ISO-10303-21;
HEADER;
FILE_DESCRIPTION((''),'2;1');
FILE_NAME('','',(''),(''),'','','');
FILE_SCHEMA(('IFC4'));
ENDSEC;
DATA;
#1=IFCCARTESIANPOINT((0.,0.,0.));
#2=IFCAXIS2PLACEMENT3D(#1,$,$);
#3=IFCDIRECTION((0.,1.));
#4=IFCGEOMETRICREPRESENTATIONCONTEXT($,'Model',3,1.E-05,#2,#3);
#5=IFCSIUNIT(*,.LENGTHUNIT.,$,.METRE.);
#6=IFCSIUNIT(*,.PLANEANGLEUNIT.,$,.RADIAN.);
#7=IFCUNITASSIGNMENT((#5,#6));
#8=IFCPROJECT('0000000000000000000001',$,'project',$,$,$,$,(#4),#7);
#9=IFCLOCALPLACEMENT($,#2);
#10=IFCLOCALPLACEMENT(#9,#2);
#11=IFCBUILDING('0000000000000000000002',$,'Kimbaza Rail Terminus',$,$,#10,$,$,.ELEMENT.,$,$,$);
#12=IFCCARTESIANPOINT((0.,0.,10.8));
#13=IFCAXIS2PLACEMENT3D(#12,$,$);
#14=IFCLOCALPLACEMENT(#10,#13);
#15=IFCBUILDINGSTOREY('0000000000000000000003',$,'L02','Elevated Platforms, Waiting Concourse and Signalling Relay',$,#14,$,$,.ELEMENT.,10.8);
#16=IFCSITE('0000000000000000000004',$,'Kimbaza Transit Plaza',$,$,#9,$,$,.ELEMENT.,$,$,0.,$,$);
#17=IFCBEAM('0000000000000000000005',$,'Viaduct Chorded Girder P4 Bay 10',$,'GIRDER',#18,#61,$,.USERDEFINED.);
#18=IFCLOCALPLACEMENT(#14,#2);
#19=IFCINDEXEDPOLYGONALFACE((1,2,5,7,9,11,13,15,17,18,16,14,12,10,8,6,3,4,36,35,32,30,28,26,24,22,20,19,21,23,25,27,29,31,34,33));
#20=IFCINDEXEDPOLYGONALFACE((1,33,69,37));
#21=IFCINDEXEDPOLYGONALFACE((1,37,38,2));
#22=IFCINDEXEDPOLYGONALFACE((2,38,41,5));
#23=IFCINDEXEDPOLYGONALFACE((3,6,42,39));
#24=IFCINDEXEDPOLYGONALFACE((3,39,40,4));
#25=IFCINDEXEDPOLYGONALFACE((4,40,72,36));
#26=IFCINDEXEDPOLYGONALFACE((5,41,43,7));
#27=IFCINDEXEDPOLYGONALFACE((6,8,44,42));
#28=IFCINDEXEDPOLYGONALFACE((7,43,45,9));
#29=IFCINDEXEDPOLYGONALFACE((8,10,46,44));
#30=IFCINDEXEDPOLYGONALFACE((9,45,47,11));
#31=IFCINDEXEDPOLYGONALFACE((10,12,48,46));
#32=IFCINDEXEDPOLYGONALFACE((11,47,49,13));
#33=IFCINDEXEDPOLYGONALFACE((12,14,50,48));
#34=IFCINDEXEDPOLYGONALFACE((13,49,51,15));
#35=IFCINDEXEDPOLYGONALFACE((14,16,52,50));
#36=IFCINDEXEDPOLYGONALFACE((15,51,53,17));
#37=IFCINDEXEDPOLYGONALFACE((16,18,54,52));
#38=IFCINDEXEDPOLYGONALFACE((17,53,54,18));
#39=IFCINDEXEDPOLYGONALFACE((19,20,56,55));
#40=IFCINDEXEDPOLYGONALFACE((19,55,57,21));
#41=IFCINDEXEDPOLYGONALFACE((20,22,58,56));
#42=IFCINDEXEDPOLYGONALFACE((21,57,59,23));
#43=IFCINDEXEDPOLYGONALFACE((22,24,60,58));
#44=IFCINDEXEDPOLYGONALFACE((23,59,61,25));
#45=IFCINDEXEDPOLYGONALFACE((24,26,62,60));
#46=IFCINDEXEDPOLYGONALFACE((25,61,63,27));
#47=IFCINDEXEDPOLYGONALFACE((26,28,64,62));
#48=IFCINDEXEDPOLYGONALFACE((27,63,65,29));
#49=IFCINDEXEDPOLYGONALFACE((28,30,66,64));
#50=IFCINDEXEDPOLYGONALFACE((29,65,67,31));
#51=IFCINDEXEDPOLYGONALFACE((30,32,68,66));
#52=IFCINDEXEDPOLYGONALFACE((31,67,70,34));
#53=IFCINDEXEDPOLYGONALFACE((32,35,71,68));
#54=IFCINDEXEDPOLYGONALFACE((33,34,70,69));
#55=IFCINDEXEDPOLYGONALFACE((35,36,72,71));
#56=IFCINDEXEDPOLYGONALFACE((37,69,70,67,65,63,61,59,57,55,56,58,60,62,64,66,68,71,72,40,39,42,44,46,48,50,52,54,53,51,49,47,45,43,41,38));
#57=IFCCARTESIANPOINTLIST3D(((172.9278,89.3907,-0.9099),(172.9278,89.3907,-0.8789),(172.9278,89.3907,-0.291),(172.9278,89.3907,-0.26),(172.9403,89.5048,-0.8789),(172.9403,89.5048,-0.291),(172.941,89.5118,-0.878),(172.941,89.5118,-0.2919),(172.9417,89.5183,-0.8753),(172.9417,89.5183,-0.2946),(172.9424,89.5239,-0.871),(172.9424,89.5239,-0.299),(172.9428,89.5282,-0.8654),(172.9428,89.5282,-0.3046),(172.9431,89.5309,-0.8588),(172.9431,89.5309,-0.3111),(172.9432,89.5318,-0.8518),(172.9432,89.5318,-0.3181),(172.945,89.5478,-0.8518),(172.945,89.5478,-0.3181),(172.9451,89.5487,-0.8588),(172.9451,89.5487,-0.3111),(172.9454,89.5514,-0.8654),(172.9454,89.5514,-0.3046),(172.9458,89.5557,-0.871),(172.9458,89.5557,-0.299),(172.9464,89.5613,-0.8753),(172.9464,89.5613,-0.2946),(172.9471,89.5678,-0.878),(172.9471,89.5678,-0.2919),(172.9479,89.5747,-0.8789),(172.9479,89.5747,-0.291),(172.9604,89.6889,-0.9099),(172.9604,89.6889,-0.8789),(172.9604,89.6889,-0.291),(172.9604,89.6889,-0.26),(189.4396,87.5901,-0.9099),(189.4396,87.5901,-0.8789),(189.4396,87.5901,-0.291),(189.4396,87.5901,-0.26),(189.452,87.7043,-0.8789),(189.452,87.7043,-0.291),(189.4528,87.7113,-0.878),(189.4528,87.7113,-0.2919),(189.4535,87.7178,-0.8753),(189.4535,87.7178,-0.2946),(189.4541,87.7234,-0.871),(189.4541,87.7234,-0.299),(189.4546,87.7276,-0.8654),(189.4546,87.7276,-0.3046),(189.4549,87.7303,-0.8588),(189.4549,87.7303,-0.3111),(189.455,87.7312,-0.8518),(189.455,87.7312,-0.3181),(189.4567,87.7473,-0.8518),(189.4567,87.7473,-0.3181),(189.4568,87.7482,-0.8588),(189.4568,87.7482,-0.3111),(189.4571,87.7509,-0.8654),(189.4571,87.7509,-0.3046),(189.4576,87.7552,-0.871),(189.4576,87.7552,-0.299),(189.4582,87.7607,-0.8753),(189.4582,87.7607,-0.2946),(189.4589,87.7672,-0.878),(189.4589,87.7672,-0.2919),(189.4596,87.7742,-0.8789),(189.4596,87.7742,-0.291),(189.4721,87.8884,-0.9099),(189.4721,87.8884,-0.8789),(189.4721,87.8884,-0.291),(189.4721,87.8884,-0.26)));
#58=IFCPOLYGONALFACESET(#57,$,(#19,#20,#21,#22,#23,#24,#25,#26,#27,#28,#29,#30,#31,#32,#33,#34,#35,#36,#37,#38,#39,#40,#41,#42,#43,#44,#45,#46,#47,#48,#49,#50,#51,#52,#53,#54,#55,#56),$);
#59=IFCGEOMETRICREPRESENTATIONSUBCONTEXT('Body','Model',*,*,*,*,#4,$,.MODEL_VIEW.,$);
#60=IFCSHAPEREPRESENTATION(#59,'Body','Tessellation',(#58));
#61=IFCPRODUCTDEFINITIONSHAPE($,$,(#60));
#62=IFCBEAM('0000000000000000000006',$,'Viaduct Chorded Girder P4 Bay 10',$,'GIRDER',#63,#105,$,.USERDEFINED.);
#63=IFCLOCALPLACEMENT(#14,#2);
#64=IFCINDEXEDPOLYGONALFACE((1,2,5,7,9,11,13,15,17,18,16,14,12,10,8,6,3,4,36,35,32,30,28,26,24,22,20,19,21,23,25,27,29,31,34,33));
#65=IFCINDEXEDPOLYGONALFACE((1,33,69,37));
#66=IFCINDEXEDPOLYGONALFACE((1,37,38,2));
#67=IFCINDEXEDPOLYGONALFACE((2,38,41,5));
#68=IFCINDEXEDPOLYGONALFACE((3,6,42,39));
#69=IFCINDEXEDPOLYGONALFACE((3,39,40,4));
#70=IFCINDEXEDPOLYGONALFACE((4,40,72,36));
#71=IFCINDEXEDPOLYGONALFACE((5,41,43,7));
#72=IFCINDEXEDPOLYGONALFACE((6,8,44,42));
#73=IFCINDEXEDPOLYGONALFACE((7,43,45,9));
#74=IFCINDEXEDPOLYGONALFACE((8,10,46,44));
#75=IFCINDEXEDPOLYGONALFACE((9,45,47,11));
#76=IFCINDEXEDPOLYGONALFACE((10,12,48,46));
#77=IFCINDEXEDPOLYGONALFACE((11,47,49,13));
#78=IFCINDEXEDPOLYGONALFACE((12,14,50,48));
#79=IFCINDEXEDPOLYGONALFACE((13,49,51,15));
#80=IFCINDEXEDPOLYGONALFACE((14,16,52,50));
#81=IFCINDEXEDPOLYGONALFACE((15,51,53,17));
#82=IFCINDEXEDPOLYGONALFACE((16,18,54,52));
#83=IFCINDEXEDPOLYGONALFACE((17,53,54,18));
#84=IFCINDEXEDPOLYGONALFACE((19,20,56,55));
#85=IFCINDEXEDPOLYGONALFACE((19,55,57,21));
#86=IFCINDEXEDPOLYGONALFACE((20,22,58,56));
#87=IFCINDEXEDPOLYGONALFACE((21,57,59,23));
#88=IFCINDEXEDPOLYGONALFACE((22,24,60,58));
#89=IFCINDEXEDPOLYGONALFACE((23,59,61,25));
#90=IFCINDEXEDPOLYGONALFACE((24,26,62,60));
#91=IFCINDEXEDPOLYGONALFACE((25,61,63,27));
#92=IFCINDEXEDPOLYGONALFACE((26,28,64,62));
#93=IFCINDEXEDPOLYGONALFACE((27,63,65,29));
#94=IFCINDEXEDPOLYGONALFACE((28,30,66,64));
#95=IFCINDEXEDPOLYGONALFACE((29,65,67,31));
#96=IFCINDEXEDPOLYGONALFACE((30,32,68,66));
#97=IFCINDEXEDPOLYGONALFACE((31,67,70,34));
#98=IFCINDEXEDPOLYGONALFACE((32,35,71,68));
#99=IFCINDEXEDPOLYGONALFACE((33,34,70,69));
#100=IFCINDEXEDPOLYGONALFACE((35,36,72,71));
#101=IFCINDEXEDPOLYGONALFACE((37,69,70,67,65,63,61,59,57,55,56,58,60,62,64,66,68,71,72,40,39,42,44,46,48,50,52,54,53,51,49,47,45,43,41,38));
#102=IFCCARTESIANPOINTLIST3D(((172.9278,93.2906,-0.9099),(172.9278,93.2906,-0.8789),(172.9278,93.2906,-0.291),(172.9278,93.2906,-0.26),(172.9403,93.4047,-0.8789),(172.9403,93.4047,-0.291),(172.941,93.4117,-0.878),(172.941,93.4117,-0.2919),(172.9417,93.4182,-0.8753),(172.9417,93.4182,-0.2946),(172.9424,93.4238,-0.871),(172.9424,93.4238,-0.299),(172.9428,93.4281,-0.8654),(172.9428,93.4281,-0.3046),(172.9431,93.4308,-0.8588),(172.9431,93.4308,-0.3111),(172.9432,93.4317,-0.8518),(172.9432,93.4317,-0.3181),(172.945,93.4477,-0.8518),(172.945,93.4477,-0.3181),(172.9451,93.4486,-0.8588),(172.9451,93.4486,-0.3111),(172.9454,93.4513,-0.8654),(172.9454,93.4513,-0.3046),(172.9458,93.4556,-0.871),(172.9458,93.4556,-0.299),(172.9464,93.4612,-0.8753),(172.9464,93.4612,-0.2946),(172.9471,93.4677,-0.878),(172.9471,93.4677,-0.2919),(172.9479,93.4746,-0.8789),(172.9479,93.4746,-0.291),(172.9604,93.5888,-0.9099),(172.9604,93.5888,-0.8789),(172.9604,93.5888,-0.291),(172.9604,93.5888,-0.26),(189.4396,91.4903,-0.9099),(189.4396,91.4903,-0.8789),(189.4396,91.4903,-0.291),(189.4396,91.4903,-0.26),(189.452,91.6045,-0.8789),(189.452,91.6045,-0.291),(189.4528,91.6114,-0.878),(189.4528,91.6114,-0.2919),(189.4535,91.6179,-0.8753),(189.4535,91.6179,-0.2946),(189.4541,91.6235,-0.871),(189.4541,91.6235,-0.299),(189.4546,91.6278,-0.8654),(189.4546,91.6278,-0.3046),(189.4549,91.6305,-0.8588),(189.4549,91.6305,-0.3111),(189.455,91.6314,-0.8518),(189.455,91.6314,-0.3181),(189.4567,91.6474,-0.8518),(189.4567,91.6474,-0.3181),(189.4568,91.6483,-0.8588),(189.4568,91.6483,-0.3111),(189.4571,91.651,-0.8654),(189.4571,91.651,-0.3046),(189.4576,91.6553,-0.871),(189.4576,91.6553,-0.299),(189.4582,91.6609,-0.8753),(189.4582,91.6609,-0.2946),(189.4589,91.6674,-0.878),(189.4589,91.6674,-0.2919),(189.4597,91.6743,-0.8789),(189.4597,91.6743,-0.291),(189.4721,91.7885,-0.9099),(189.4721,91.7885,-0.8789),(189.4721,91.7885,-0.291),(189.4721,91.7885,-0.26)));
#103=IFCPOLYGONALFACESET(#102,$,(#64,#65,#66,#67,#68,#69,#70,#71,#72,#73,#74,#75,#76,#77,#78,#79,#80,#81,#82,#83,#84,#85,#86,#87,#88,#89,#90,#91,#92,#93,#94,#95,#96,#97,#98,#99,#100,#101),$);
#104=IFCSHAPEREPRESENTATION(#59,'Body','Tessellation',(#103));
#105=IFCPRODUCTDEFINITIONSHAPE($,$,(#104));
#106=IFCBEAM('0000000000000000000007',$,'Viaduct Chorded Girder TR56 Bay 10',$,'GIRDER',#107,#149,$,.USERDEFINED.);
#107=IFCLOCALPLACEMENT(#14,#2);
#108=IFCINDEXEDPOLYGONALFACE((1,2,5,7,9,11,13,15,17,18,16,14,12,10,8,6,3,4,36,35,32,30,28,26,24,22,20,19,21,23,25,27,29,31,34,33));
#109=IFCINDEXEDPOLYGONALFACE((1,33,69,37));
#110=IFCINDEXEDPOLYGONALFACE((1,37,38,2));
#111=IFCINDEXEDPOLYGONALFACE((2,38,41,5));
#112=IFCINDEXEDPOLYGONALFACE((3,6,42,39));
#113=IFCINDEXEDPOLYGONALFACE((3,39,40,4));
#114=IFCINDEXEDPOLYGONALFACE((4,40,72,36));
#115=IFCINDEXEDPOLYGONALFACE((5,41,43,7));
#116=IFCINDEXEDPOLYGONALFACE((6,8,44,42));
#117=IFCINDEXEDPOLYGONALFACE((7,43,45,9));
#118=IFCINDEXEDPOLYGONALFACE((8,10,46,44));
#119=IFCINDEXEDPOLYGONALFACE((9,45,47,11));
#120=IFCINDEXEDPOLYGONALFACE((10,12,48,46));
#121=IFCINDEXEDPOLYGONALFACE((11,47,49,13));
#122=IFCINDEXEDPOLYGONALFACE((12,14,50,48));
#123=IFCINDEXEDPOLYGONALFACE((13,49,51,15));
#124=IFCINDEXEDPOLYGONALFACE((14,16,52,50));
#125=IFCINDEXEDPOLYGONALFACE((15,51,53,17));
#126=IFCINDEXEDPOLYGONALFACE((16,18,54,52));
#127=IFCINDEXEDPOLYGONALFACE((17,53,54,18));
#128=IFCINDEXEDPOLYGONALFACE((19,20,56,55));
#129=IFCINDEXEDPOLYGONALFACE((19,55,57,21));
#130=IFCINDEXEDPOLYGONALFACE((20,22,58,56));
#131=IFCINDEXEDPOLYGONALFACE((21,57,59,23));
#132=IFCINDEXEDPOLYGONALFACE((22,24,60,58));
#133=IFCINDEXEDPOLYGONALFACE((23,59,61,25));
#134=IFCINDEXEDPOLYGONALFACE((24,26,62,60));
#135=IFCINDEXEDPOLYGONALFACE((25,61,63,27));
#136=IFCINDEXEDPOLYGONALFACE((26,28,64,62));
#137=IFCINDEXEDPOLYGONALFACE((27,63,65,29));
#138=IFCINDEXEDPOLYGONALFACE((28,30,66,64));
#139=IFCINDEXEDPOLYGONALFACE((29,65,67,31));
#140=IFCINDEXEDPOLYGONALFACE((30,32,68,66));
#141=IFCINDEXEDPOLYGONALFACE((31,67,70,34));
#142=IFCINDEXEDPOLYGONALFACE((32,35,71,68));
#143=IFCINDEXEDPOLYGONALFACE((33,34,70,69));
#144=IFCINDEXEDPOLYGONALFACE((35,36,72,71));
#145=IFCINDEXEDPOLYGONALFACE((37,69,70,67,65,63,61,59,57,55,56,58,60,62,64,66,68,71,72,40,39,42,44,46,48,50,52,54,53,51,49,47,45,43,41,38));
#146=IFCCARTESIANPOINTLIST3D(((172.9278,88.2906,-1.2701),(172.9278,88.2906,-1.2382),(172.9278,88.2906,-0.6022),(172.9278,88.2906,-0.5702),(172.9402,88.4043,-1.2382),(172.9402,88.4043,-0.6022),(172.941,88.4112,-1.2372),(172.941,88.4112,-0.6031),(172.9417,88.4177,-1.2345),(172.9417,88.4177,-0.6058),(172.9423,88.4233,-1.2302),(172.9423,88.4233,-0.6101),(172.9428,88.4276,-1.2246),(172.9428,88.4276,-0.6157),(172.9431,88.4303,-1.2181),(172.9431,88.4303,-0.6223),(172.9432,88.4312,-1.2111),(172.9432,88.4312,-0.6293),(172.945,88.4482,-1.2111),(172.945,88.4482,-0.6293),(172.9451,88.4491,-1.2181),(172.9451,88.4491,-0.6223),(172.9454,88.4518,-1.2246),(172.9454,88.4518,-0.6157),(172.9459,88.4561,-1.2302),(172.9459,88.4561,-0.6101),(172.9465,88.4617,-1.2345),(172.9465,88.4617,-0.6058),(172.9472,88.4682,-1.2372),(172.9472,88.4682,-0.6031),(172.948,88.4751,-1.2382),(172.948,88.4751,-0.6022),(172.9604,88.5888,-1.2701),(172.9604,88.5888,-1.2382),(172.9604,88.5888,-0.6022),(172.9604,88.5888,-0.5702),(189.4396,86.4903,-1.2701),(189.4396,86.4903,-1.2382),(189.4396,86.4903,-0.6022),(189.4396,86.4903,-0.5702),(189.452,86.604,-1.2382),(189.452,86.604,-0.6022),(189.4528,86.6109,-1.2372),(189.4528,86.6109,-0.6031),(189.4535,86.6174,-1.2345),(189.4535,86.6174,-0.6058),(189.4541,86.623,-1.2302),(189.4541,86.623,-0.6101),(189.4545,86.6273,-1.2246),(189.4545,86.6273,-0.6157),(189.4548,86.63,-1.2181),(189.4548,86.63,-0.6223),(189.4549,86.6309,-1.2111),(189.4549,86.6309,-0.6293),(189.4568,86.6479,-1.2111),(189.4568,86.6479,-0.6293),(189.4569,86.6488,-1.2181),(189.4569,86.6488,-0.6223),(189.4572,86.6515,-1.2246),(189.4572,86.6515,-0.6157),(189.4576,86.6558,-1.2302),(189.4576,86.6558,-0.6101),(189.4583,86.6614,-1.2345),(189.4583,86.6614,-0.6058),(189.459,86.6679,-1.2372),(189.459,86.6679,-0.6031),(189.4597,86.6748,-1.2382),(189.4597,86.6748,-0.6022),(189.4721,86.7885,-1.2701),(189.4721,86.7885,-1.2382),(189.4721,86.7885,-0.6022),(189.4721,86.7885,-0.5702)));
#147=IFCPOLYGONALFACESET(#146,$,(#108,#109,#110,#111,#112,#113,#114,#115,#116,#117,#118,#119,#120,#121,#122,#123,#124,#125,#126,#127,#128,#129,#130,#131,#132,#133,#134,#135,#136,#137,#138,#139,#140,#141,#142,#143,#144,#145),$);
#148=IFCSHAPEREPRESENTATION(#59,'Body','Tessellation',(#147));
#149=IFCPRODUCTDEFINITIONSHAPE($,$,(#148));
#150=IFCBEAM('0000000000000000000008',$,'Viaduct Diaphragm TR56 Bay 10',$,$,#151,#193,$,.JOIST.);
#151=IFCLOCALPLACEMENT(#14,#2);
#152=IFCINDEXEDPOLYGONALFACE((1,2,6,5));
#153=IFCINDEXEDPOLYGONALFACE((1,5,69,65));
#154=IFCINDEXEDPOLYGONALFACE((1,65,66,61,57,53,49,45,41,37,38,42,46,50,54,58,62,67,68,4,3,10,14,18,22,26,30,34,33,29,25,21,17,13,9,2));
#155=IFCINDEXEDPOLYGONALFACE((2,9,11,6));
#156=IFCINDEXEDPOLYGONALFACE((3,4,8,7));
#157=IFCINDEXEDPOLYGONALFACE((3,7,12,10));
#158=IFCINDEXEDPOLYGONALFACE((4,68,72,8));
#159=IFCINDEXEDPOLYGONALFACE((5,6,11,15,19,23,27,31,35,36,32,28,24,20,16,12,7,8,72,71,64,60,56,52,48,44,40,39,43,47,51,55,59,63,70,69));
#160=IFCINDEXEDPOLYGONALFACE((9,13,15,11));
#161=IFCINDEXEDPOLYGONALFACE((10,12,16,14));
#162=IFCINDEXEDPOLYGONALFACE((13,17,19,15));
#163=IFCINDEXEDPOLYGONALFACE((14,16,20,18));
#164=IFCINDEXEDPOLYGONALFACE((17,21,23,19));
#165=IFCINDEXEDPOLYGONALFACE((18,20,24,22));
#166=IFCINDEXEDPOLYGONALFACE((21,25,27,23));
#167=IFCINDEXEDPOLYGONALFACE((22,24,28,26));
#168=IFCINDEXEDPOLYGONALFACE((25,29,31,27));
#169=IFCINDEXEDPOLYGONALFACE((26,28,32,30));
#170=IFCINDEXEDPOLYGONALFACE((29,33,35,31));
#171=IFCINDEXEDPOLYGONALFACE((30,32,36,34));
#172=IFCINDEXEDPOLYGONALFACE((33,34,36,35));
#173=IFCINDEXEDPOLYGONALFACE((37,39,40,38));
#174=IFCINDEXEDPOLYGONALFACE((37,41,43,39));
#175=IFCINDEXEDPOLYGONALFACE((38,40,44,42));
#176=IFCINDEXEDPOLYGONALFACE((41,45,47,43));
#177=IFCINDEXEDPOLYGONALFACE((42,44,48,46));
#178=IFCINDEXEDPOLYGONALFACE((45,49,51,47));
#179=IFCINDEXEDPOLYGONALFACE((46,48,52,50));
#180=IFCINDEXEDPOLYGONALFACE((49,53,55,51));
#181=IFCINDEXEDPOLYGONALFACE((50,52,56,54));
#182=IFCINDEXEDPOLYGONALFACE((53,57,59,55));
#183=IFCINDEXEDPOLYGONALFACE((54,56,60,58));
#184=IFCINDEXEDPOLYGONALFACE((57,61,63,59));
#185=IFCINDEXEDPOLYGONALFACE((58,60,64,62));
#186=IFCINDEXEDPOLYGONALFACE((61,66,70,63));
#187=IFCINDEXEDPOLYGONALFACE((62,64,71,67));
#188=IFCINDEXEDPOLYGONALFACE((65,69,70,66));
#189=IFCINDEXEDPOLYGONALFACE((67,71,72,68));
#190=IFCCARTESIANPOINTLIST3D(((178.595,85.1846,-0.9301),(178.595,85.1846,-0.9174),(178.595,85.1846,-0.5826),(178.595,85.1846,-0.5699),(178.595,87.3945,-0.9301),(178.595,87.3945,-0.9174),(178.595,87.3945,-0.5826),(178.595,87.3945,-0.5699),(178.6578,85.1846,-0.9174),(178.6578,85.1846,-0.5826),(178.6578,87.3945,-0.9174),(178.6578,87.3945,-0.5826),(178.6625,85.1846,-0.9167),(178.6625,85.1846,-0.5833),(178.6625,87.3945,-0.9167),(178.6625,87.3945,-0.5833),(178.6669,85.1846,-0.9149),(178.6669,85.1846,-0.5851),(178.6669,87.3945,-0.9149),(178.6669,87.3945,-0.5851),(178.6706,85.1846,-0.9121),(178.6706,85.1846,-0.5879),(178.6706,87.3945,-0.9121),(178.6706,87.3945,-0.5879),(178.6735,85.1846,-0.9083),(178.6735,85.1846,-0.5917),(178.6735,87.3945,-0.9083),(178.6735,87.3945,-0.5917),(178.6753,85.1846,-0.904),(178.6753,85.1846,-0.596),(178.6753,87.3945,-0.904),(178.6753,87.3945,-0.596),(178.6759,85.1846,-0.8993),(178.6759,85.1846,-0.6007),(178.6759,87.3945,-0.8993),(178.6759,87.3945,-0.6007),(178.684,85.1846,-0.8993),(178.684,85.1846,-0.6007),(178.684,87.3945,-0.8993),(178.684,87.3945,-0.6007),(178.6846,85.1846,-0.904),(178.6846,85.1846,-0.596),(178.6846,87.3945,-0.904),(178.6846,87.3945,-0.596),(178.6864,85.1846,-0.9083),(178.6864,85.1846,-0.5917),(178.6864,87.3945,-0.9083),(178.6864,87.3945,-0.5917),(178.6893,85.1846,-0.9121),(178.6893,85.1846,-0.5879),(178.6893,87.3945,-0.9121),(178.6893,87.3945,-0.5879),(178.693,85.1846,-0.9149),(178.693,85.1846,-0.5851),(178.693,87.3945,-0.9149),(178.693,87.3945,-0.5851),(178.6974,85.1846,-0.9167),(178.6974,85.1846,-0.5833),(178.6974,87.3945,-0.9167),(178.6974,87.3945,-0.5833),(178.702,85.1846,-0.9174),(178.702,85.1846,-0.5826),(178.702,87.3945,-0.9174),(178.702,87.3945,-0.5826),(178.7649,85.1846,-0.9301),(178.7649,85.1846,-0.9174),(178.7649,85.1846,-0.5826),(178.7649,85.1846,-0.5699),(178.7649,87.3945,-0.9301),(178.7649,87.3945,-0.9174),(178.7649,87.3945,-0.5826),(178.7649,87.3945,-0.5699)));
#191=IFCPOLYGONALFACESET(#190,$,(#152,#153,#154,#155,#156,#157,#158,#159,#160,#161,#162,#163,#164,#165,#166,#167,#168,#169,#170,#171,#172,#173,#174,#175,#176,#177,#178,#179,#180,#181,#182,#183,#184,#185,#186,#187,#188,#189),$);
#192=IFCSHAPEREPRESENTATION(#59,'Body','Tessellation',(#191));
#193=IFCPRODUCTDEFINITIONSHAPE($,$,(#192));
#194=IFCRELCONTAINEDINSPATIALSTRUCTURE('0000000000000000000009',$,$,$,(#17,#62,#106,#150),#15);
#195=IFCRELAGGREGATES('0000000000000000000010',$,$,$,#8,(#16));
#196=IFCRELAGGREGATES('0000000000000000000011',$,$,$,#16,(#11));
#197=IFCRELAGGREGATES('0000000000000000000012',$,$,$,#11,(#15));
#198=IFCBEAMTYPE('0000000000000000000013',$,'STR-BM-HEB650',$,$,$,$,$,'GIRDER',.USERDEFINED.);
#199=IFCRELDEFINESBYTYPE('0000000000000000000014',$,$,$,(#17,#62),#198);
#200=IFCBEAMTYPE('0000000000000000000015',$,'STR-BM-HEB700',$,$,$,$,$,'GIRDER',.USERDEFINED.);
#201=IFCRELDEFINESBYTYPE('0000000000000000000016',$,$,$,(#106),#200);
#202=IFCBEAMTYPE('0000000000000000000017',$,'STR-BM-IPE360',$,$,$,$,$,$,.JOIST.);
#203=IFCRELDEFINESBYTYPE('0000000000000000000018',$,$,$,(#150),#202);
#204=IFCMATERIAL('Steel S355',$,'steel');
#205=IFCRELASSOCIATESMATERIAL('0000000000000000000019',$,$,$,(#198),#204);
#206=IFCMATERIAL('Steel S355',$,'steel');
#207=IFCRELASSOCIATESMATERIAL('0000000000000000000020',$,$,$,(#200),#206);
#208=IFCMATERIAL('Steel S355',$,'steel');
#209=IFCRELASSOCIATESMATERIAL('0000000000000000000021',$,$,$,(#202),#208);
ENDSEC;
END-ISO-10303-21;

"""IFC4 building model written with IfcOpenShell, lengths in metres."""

from ifc_helpers import new_model, si_unit, direction, frame, origin, origin_2d, place, context, subcontext, project, spatial, i_section, extrude, material, material_profile, profile_set, type_object, element, save


model = new_model("IFC4")

# Units and contexts
model_context = context("Model", 3, precision=1e-05, world=origin(), true_north=direction((0.0, 1.0)))
body_context = subcontext(model_context, "Body", "Model", "MODEL_VIEW")
ifc_project = project(units=[si_unit("LENGTHUNIT", "METRE"), si_unit("PLANEANGLEUNIT", "RADIAN")], contexts=[model_context])

# Site, building, storey
site_placement = place(None, origin())
site = spatial("IfcSite", under=ifc_project, at=site_placement, Name="Kimbaza Transit Plaza", CompositionType="ELEMENT", RefElevation=0.0)
building_placement = place(site_placement, origin())
building = spatial("IfcBuilding", under=site, at=building_placement, Name="Kimbaza Rail Terminus", CompositionType="ELEMENT")
storey_placement = place(building_placement, frame((0.0, 0.0, 10.8)))
storey = spatial("IfcBuildingStorey", under=building, at=storey_placement, Name="L02", Description="Elevated Platforms, Waiting Concourse and Signalling Relay", CompositionType="ELEMENT", Elevation=10.8)

# Beams
ifc_material_1 = material(Name="Steel S355", Category="steel")
ifc_material_profile_1 = material_profile(ifc_material_1, i_section(OverallWidth=0.3, OverallDepth=0.6499, WebThickness=0.0161, FlangeThickness=0.031, FilletRadius=0.0271, at=origin_2d()), Name="HEB 650")
ifc_profile_set_1 = profile_set([ifc_material_profile_1], Name="Steel S355")
beam_type_1 = type_object("IfcBeamType", Name="STR-BM-HEB650", ElementType="GIRDER", PredefinedType="USERDEFINED", material=ifc_profile_set_1)
for number, where, z_axis, x_axis, name in (
    (1, (172.9441, 89.5398, -0.585), (0.994107, -0.108403, 0.0), (0.108403, 0.994107, 0.0), "Viaduct Chorded Girder P4 Bay 10"),
    (2, (172.9441, 93.4397, -0.585), (0.994109, -0.108389, 0.0), (0.108389, 0.994109, 0.0), "Viaduct Chorded Girder P4 Bay 10"),
):
    element("IfcBeam", number, at=place(storey_placement, frame(where, z_axis=z_axis, x_axis=x_axis)), inside=storey, type_object=beam_type_1, Name=name, ObjectType="GIRDER", PredefinedType="USERDEFINED", context=body_context, shape_type="SweptSolid", body=[
        extrude(i_section(OverallWidth=0.3, OverallDepth=0.6499, WebThickness=0.0161, FlangeThickness=0.031, FilletRadius=0.0271, at=origin_2d()), origin(), (0.0, 0.0, 1.0), 16.6096),
    ])
ifc_material_2 = material(Name="Steel S355", Category="steel")
ifc_material_profile_2 = material_profile(ifc_material_2, i_section(OverallWidth=0.3, OverallDepth=0.7, WebThickness=0.0171, FlangeThickness=0.032, FilletRadius=0.0271, at=origin_2d()), Name="HEB 700")
ifc_profile_set_2 = profile_set([ifc_material_profile_2], Name="Steel S355")
beam_type_2 = type_object("IfcBeamType", Name="STR-BM-HEB700", ElementType="GIRDER", PredefinedType="USERDEFINED", material=ifc_profile_set_2)
beam_1_placement = place(storey_placement, frame((172.9441, 88.4397, -0.9202), z_axis=(0.994109, -0.108389, 0.0), x_axis=(0.108389, 0.994109, 0.0)))
element("IfcBeam", 3, at=beam_1_placement, inside=storey, type_object=beam_type_2, Name="Viaduct Chorded Girder TR56 Bay 10", ObjectType="GIRDER", PredefinedType="USERDEFINED", context=body_context, shape_type="SweptSolid", body=[
    extrude(i_section(OverallWidth=0.3, OverallDepth=0.7, WebThickness=0.0171, FlangeThickness=0.032, FilletRadius=0.0271, at=origin_2d()), origin(), (0.0, 0.0, 1.0), 16.6096),
])
ifc_material_3 = material(Name="Steel S355", Category="steel")
ifc_material_profile_3 = material_profile(ifc_material_3, i_section(OverallWidth=0.1699, OverallDepth=0.3601, WebThickness=0.0081, FlangeThickness=0.0127, FilletRadius=0.0181, at=origin_2d()), Name="IPE 360")
ifc_profile_set_3 = profile_set([ifc_material_profile_3], Name="Steel S355")
beam_type_3 = type_object("IfcBeamType", Name="STR-BM-IPE360", PredefinedType="JOIST", material=ifc_profile_set_3)
beam_2_placement = place(storey_placement, frame((178.6799, 85.1846, -0.75), z_axis=(0.0, 1.0, 0.0), x_axis=(-1.0, 0.0, 0.0)))
element("IfcBeam", 4, at=beam_2_placement, inside=storey, type_object=beam_type_3, Name="Viaduct Diaphragm TR56 Bay 10", PredefinedType="JOIST", context=body_context, shape_type="SweptSolid", body=[
    extrude(i_section(OverallWidth=0.1699, OverallDepth=0.3601, WebThickness=0.0081, FlangeThickness=0.0127, FilletRadius=0.0181, at=origin_2d()), origin(), (0.0, 0.0, 1.0), 2.21),
])

save(model, "model.ifc")
